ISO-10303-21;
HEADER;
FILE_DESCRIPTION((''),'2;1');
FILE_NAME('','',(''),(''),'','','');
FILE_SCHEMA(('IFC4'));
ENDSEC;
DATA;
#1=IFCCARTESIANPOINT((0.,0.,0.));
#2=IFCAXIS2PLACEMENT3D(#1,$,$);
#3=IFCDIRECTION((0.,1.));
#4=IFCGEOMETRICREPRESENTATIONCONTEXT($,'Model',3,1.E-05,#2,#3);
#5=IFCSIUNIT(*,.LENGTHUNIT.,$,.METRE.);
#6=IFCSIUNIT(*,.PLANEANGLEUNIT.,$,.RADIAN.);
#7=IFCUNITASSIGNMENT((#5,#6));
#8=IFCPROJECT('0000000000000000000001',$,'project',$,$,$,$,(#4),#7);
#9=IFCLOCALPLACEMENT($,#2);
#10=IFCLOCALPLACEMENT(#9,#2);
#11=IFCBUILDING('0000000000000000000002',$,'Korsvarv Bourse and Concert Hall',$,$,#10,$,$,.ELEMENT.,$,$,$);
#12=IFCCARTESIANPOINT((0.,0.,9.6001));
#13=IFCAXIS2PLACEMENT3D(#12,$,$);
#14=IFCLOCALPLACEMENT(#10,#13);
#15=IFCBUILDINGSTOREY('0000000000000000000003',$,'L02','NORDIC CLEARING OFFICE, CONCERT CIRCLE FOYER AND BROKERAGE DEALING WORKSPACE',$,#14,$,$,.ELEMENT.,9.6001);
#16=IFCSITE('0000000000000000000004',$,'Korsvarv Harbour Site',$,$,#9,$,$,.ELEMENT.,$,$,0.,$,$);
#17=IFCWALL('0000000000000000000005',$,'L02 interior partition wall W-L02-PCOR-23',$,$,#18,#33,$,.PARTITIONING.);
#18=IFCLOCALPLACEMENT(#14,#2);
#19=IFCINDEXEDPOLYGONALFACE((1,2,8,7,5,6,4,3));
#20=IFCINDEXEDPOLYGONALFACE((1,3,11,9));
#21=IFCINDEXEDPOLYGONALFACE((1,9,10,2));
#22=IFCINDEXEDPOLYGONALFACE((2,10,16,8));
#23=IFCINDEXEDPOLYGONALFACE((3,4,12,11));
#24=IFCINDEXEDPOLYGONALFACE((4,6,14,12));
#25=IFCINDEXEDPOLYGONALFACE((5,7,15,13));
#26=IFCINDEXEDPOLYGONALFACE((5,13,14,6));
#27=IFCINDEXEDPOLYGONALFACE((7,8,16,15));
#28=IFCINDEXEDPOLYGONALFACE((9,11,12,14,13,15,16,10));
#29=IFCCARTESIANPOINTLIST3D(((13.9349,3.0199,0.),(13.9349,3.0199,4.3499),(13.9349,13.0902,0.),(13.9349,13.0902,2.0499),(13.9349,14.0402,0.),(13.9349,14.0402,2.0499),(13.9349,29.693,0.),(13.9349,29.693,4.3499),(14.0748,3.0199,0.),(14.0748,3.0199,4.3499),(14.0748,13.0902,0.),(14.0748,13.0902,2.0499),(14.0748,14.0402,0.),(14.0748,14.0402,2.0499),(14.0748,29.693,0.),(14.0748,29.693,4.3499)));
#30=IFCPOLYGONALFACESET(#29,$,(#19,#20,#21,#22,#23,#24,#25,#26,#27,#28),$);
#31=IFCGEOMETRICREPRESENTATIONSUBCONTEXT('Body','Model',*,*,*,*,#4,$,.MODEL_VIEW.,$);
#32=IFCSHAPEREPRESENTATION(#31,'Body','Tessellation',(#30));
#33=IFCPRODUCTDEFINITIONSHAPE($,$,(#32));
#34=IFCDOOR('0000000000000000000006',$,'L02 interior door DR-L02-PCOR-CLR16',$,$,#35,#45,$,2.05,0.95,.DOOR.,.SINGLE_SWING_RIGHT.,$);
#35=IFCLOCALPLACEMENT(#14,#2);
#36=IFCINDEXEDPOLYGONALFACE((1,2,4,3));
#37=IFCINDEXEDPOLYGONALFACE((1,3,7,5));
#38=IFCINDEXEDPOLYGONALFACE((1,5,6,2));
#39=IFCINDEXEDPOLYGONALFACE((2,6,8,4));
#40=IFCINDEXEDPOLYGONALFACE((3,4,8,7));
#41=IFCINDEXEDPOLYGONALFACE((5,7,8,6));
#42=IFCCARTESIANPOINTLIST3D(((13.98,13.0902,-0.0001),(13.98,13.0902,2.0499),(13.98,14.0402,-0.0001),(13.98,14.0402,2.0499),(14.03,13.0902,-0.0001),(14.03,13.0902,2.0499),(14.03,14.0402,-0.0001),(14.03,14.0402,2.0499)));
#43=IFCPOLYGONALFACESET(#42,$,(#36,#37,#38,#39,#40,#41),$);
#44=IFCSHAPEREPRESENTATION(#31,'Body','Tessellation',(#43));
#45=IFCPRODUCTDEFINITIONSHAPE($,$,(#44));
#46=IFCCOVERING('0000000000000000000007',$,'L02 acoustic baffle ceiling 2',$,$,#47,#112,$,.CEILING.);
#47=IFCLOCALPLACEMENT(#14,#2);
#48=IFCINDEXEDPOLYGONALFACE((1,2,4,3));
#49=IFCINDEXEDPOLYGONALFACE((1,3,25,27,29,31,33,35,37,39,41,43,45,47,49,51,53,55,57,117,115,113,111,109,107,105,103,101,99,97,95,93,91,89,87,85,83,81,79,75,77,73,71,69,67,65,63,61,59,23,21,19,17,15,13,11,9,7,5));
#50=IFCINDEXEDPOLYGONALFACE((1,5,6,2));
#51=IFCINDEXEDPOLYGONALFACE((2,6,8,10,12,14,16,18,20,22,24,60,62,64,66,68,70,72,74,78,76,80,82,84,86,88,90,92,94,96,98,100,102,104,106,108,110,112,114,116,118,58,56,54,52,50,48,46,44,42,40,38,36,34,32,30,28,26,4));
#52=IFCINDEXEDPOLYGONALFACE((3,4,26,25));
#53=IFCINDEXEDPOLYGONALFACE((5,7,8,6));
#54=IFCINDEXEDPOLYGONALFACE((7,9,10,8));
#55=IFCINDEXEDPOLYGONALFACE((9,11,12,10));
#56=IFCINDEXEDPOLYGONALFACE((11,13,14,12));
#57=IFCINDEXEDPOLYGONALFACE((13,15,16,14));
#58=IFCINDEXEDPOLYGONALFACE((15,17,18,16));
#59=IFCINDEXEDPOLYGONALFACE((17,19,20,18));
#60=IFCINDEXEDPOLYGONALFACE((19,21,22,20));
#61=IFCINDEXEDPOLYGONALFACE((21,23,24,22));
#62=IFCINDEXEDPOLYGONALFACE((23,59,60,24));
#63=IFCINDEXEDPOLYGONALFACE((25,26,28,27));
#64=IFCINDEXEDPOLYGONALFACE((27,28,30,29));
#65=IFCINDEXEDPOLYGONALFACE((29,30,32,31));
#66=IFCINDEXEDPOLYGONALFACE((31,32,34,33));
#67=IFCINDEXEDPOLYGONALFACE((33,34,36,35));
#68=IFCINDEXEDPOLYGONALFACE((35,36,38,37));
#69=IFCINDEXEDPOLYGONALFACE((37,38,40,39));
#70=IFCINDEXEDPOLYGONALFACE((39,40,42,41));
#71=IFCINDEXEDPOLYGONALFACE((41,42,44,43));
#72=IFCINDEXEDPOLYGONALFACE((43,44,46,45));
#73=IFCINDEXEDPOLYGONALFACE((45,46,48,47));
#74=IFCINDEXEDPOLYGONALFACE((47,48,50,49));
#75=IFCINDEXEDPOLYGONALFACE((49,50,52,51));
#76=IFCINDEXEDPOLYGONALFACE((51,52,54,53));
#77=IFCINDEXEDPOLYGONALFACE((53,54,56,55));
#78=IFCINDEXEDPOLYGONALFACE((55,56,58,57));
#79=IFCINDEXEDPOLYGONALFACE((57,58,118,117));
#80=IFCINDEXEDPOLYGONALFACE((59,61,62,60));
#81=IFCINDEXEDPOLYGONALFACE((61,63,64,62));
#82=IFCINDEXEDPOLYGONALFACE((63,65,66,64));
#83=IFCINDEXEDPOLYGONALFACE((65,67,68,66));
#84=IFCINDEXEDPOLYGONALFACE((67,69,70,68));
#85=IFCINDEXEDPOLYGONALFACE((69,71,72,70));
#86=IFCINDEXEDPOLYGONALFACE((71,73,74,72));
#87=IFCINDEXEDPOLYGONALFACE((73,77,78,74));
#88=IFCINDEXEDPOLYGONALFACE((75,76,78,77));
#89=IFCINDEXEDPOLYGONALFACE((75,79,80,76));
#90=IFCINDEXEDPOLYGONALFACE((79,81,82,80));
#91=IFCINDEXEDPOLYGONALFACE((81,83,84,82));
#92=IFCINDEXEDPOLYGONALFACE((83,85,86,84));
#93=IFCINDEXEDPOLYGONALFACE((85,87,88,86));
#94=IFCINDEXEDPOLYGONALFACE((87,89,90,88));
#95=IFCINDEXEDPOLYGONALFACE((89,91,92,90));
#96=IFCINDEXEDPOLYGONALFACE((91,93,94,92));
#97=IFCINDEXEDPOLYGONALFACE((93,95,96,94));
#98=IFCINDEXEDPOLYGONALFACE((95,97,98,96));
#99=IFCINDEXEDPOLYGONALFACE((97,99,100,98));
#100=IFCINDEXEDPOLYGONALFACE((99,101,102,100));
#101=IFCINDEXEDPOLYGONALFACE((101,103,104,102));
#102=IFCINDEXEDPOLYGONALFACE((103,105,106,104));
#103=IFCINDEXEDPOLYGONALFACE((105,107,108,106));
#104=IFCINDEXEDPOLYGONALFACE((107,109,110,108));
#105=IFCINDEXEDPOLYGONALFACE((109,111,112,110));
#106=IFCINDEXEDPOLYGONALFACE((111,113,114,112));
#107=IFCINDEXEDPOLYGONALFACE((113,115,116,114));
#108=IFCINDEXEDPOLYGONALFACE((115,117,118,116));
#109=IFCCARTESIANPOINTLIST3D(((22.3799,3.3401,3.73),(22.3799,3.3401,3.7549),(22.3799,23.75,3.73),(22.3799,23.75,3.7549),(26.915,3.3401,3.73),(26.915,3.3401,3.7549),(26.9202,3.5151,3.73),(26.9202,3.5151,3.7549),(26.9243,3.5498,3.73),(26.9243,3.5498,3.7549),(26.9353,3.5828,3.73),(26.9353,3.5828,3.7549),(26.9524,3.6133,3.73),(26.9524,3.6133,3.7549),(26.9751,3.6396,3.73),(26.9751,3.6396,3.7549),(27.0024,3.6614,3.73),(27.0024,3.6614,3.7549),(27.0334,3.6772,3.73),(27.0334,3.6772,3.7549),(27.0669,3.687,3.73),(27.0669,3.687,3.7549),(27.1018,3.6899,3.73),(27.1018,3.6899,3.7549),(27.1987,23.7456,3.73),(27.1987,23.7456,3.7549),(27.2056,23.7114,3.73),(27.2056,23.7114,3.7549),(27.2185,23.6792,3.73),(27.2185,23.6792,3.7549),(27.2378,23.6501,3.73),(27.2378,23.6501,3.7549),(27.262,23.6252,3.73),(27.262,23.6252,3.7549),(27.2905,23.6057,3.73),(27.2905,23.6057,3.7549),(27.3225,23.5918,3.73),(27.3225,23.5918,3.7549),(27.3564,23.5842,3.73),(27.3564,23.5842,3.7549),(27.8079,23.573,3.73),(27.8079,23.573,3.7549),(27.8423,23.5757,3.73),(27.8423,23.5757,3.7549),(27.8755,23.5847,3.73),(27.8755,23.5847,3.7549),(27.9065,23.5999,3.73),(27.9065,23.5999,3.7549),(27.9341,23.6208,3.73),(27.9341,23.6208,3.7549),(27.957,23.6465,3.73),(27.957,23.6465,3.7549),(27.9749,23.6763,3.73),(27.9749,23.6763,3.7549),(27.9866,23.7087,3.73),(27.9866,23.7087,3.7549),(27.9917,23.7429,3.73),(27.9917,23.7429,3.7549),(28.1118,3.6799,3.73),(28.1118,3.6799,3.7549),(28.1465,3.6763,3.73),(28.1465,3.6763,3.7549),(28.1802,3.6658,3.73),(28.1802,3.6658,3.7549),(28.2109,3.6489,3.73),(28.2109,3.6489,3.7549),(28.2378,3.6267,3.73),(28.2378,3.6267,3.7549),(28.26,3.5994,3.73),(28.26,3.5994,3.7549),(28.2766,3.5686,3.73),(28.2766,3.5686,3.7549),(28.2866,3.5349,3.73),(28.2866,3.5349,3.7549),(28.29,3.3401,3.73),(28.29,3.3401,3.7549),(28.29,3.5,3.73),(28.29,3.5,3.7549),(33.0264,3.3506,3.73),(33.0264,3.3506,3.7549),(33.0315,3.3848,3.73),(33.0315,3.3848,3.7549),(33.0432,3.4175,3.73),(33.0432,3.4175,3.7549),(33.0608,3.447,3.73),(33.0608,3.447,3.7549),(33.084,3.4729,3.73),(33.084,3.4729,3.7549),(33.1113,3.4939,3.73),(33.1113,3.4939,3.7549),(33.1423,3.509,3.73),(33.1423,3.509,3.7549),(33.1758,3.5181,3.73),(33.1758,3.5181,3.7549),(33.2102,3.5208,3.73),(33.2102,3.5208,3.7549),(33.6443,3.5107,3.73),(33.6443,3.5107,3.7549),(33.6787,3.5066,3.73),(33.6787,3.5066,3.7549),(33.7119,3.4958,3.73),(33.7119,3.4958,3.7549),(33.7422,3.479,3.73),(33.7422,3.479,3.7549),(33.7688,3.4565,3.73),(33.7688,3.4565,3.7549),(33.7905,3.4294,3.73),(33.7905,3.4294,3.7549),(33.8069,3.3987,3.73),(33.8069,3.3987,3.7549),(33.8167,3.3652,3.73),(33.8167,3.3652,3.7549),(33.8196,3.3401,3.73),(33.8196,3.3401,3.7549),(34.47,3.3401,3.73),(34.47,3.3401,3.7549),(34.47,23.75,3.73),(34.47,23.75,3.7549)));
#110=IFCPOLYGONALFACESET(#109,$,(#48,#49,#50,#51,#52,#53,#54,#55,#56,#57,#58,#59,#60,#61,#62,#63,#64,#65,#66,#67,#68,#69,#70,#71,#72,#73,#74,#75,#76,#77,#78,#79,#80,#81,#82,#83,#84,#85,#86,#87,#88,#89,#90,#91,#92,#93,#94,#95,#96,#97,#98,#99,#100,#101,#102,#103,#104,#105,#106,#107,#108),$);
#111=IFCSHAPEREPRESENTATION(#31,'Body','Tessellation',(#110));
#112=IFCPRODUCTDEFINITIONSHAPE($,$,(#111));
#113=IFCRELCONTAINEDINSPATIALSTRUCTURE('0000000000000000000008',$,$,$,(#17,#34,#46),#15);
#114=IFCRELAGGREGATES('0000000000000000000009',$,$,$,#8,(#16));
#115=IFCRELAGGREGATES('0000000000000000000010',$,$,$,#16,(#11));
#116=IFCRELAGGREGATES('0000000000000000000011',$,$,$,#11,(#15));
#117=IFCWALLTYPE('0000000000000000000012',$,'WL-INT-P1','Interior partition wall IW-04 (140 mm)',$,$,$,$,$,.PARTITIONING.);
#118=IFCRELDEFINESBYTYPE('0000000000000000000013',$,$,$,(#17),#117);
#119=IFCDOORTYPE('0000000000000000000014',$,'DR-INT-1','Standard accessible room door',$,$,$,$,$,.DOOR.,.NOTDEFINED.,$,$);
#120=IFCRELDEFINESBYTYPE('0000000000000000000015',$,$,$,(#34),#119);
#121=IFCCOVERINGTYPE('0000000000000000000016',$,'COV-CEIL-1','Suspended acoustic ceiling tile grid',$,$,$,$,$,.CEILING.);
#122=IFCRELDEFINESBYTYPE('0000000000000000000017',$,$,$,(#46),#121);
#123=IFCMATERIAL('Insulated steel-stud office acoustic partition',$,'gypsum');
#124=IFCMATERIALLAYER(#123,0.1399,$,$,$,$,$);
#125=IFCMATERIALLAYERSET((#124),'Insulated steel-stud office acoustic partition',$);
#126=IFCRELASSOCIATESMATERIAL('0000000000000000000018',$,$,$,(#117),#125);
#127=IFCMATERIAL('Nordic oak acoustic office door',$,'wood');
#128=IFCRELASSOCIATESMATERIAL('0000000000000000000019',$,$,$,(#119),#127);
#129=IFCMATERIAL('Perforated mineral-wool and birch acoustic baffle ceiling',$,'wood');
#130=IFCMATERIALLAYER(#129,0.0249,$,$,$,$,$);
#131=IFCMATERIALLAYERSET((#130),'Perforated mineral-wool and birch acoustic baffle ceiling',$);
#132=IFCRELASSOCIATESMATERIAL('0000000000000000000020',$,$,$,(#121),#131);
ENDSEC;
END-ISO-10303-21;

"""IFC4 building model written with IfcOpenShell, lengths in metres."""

from ifc_helpers import new_model, si_unit, direction, frame, frame_2d, origin, place, context, subcontext, project, spatial, polyline, rectangle, outline, extrude, material, layer, layer_set, type_object, element, fill, save


model = new_model("IFC4")

# Units and contexts
model_context = context("Model", 3, precision=1e-05, world=origin(), true_north=direction((0.0, 1.0)))
body_context = subcontext(model_context, "Body", "Model", "MODEL_VIEW")
ifc_project = project(units=[si_unit("LENGTHUNIT", "METRE"), si_unit("PLANEANGLEUNIT", "RADIAN")], contexts=[model_context])

# Site, building, storey
site_placement = place(None, origin())
site = spatial("IfcSite", under=ifc_project, at=site_placement, Name="Korsvarv Harbour Site", CompositionType="ELEMENT", RefElevation=0.0)
building_placement = place(site_placement, origin())
building = spatial("IfcBuilding", under=site, at=building_placement, Name="Korsvarv Bourse and Concert Hall", CompositionType="ELEMENT")
storey_placement = place(building_placement, frame((0.0, 0.0, 9.6001)))
storey = spatial("IfcBuildingStorey", under=building, at=storey_placement, Name="L02", Description="NORDIC CLEARING OFFICE, CONCERT CIRCLE FOYER AND BROKERAGE DEALING WORKSPACE", CompositionType="ELEMENT", Elevation=9.6001)

# Wall, opening, door
ifc_material_1 = material(Name="Insulated steel-stud office acoustic partition", Category="gypsum")
ifc_layer_1 = layer(ifc_material_1, 0.1399)
ifc_layer_set_1 = layer_set([ifc_layer_1], Name="Insulated steel-stud office acoustic partition")
wall_type_1 = type_object("IfcWallType", Name="WL-INT-P1", Description="Interior partition wall IW-04 (140 mm)", PredefinedType="PARTITIONING", material=ifc_layer_set_1)
wall_1_placement = place(storey_placement, frame((14.0049, 3.02, 0.0), z_axis=(0.0, 0.0, 1.0), x_axis=(0.0, 1.0, 0.0)))
wall_1 = element("IfcWall", 1, at=wall_1_placement, inside=storey, type_object=wall_type_1, Name="L02 interior partition wall W-L02-PCOR-23", PredefinedType="PARTITIONING", context=body_context, shape_type="SweptSolid", body=[
    extrude(rectangle(XDim=26.6731, YDim=0.1399, at=frame_2d((13.3364, 0.0))), origin(), (0.0, 0.0, 1.0), 4.3499),
])
opening_1_placement = place(wall_1_placement, frame((10.0701, 0.0, 0.0)))
opening_1 = element("IfcOpeningElement", 2, at=opening_1_placement, cuts=wall_1, PredefinedType="OPENING", context=body_context, shape_type="SweptSolid", body=[
    extrude(rectangle(XDim=0.95, YDim=2.05, at=frame_2d((0.4751, 1.0249))), frame((0.0, 0.0801, 0.0), z_axis=(0.0, -1.0, 0.0), x_axis=(1.0, 0.0, 0.0)), (0.0, 0.0, 1.0), 0.1599),
])
ifc_material_2 = material(Name="Nordic oak acoustic office door", Category="wood")
door_type = type_object("IfcDoorType", Name="DR-INT-1", Description="Standard accessible room door", OperationType="NOTDEFINED", PredefinedType="DOOR", material=ifc_material_2)
door_placement = place(opening_1_placement, origin())
door = element("IfcDoor", 3, at=door_placement, inside=storey, type_object=door_type, Name="L02 interior door DR-L02-PCOR-CLR16", OperationType="SINGLE_SWING_RIGHT", OverallHeight=2.05, OverallWidth=0.95, PredefinedType="DOOR", context=body_context, shape_type="SweptSolid", body=[
    extrude(rectangle(XDim=0.95, YDim=2.05, at=frame_2d((0.4751, 1.0249))), frame((0.0, 0.0249, 0.0), z_axis=(0.0, -1.0, 0.0), x_axis=(1.0, 0.0, 0.0)), (0.0, 0.0, 1.0), 0.05),
])
fill(opening_1, door)

# Covering
ifc_material_3 = material(Name="Perforated mineral-wool and birch acoustic baffle ceiling", Category="wood")
ifc_layer_2 = layer(ifc_material_3, 0.0249)
ifc_layer_set_2 = layer_set([ifc_layer_2], Name="Perforated mineral-wool and birch acoustic baffle ceiling")
covering_type_1 = type_object("IfcCoveringType", Name="COV-CEIL-1", Description="Suspended acoustic ceiling tile grid", PredefinedType="CEILING", material=ifc_layer_set_2)
covering_1_placement = place(storey_placement, frame((0.0, 0.0, 3.73)))
element("IfcCovering", 4, at=covering_1_placement, inside=storey, type_object=covering_type_1, Name="L02 acoustic baffle ceiling 2", PredefinedType="CEILING", context=body_context, shape_type="SweptSolid", body=[
    extrude(outline(polyline([(27.1987, 23.7456), (27.2056, 23.7114), (27.2185, 23.6792), (27.2378, 23.6501), (27.262, 23.6252), (27.2905, 23.6057), (27.3225, 23.5918), (27.3564, 23.5842), (27.8079, 23.573), (27.8423, 23.5757), (27.8755, 23.5847), (27.9065, 23.5999), (27.9341, 23.6208), (27.957, 23.6465), (27.9749, 23.6763), (27.9866, 23.7087), (27.9917, 23.7429), (34.47, 23.75), (34.47, 3.3401), (33.8196, 3.3401), (33.8167, 3.3652), (33.8069, 3.3987), (33.7905, 3.4294), (33.7688, 3.4565), (33.7422, 3.479), (33.7119, 3.4958), (33.6787, 3.5066), (33.6443, 3.5107), (33.2102, 3.5208), (33.1758, 3.5181), (33.1423, 3.509), (33.1113, 3.4939), (33.084, 3.4729), (33.0608, 3.447), (33.0432, 3.4175), (33.0315, 3.3848), (33.0264, 3.3506), (28.29, 3.3401), (28.29, 3.5), (28.2866, 3.5349), (28.2766, 3.5686), (28.26, 3.5994), (28.2378, 3.6267), (28.2109, 3.6489), (28.1802, 3.6658), (28.1465, 3.6763), (28.1118, 3.6799), (27.1018, 3.6899), (27.0669, 3.687), (27.0334, 3.6772), (27.0024, 3.6614), (26.9751, 3.6396), (26.9524, 3.6133), (26.9353, 3.5828), (26.9243, 3.5498), (26.9202, 3.5151), (26.915, 3.3401), (22.3799, 3.3401), (22.3799, 23.75), (27.1987, 23.7456)])), origin(), (0.0, 0.0, 1.0), 0.0249),
])

save(model, "model.ifc")
